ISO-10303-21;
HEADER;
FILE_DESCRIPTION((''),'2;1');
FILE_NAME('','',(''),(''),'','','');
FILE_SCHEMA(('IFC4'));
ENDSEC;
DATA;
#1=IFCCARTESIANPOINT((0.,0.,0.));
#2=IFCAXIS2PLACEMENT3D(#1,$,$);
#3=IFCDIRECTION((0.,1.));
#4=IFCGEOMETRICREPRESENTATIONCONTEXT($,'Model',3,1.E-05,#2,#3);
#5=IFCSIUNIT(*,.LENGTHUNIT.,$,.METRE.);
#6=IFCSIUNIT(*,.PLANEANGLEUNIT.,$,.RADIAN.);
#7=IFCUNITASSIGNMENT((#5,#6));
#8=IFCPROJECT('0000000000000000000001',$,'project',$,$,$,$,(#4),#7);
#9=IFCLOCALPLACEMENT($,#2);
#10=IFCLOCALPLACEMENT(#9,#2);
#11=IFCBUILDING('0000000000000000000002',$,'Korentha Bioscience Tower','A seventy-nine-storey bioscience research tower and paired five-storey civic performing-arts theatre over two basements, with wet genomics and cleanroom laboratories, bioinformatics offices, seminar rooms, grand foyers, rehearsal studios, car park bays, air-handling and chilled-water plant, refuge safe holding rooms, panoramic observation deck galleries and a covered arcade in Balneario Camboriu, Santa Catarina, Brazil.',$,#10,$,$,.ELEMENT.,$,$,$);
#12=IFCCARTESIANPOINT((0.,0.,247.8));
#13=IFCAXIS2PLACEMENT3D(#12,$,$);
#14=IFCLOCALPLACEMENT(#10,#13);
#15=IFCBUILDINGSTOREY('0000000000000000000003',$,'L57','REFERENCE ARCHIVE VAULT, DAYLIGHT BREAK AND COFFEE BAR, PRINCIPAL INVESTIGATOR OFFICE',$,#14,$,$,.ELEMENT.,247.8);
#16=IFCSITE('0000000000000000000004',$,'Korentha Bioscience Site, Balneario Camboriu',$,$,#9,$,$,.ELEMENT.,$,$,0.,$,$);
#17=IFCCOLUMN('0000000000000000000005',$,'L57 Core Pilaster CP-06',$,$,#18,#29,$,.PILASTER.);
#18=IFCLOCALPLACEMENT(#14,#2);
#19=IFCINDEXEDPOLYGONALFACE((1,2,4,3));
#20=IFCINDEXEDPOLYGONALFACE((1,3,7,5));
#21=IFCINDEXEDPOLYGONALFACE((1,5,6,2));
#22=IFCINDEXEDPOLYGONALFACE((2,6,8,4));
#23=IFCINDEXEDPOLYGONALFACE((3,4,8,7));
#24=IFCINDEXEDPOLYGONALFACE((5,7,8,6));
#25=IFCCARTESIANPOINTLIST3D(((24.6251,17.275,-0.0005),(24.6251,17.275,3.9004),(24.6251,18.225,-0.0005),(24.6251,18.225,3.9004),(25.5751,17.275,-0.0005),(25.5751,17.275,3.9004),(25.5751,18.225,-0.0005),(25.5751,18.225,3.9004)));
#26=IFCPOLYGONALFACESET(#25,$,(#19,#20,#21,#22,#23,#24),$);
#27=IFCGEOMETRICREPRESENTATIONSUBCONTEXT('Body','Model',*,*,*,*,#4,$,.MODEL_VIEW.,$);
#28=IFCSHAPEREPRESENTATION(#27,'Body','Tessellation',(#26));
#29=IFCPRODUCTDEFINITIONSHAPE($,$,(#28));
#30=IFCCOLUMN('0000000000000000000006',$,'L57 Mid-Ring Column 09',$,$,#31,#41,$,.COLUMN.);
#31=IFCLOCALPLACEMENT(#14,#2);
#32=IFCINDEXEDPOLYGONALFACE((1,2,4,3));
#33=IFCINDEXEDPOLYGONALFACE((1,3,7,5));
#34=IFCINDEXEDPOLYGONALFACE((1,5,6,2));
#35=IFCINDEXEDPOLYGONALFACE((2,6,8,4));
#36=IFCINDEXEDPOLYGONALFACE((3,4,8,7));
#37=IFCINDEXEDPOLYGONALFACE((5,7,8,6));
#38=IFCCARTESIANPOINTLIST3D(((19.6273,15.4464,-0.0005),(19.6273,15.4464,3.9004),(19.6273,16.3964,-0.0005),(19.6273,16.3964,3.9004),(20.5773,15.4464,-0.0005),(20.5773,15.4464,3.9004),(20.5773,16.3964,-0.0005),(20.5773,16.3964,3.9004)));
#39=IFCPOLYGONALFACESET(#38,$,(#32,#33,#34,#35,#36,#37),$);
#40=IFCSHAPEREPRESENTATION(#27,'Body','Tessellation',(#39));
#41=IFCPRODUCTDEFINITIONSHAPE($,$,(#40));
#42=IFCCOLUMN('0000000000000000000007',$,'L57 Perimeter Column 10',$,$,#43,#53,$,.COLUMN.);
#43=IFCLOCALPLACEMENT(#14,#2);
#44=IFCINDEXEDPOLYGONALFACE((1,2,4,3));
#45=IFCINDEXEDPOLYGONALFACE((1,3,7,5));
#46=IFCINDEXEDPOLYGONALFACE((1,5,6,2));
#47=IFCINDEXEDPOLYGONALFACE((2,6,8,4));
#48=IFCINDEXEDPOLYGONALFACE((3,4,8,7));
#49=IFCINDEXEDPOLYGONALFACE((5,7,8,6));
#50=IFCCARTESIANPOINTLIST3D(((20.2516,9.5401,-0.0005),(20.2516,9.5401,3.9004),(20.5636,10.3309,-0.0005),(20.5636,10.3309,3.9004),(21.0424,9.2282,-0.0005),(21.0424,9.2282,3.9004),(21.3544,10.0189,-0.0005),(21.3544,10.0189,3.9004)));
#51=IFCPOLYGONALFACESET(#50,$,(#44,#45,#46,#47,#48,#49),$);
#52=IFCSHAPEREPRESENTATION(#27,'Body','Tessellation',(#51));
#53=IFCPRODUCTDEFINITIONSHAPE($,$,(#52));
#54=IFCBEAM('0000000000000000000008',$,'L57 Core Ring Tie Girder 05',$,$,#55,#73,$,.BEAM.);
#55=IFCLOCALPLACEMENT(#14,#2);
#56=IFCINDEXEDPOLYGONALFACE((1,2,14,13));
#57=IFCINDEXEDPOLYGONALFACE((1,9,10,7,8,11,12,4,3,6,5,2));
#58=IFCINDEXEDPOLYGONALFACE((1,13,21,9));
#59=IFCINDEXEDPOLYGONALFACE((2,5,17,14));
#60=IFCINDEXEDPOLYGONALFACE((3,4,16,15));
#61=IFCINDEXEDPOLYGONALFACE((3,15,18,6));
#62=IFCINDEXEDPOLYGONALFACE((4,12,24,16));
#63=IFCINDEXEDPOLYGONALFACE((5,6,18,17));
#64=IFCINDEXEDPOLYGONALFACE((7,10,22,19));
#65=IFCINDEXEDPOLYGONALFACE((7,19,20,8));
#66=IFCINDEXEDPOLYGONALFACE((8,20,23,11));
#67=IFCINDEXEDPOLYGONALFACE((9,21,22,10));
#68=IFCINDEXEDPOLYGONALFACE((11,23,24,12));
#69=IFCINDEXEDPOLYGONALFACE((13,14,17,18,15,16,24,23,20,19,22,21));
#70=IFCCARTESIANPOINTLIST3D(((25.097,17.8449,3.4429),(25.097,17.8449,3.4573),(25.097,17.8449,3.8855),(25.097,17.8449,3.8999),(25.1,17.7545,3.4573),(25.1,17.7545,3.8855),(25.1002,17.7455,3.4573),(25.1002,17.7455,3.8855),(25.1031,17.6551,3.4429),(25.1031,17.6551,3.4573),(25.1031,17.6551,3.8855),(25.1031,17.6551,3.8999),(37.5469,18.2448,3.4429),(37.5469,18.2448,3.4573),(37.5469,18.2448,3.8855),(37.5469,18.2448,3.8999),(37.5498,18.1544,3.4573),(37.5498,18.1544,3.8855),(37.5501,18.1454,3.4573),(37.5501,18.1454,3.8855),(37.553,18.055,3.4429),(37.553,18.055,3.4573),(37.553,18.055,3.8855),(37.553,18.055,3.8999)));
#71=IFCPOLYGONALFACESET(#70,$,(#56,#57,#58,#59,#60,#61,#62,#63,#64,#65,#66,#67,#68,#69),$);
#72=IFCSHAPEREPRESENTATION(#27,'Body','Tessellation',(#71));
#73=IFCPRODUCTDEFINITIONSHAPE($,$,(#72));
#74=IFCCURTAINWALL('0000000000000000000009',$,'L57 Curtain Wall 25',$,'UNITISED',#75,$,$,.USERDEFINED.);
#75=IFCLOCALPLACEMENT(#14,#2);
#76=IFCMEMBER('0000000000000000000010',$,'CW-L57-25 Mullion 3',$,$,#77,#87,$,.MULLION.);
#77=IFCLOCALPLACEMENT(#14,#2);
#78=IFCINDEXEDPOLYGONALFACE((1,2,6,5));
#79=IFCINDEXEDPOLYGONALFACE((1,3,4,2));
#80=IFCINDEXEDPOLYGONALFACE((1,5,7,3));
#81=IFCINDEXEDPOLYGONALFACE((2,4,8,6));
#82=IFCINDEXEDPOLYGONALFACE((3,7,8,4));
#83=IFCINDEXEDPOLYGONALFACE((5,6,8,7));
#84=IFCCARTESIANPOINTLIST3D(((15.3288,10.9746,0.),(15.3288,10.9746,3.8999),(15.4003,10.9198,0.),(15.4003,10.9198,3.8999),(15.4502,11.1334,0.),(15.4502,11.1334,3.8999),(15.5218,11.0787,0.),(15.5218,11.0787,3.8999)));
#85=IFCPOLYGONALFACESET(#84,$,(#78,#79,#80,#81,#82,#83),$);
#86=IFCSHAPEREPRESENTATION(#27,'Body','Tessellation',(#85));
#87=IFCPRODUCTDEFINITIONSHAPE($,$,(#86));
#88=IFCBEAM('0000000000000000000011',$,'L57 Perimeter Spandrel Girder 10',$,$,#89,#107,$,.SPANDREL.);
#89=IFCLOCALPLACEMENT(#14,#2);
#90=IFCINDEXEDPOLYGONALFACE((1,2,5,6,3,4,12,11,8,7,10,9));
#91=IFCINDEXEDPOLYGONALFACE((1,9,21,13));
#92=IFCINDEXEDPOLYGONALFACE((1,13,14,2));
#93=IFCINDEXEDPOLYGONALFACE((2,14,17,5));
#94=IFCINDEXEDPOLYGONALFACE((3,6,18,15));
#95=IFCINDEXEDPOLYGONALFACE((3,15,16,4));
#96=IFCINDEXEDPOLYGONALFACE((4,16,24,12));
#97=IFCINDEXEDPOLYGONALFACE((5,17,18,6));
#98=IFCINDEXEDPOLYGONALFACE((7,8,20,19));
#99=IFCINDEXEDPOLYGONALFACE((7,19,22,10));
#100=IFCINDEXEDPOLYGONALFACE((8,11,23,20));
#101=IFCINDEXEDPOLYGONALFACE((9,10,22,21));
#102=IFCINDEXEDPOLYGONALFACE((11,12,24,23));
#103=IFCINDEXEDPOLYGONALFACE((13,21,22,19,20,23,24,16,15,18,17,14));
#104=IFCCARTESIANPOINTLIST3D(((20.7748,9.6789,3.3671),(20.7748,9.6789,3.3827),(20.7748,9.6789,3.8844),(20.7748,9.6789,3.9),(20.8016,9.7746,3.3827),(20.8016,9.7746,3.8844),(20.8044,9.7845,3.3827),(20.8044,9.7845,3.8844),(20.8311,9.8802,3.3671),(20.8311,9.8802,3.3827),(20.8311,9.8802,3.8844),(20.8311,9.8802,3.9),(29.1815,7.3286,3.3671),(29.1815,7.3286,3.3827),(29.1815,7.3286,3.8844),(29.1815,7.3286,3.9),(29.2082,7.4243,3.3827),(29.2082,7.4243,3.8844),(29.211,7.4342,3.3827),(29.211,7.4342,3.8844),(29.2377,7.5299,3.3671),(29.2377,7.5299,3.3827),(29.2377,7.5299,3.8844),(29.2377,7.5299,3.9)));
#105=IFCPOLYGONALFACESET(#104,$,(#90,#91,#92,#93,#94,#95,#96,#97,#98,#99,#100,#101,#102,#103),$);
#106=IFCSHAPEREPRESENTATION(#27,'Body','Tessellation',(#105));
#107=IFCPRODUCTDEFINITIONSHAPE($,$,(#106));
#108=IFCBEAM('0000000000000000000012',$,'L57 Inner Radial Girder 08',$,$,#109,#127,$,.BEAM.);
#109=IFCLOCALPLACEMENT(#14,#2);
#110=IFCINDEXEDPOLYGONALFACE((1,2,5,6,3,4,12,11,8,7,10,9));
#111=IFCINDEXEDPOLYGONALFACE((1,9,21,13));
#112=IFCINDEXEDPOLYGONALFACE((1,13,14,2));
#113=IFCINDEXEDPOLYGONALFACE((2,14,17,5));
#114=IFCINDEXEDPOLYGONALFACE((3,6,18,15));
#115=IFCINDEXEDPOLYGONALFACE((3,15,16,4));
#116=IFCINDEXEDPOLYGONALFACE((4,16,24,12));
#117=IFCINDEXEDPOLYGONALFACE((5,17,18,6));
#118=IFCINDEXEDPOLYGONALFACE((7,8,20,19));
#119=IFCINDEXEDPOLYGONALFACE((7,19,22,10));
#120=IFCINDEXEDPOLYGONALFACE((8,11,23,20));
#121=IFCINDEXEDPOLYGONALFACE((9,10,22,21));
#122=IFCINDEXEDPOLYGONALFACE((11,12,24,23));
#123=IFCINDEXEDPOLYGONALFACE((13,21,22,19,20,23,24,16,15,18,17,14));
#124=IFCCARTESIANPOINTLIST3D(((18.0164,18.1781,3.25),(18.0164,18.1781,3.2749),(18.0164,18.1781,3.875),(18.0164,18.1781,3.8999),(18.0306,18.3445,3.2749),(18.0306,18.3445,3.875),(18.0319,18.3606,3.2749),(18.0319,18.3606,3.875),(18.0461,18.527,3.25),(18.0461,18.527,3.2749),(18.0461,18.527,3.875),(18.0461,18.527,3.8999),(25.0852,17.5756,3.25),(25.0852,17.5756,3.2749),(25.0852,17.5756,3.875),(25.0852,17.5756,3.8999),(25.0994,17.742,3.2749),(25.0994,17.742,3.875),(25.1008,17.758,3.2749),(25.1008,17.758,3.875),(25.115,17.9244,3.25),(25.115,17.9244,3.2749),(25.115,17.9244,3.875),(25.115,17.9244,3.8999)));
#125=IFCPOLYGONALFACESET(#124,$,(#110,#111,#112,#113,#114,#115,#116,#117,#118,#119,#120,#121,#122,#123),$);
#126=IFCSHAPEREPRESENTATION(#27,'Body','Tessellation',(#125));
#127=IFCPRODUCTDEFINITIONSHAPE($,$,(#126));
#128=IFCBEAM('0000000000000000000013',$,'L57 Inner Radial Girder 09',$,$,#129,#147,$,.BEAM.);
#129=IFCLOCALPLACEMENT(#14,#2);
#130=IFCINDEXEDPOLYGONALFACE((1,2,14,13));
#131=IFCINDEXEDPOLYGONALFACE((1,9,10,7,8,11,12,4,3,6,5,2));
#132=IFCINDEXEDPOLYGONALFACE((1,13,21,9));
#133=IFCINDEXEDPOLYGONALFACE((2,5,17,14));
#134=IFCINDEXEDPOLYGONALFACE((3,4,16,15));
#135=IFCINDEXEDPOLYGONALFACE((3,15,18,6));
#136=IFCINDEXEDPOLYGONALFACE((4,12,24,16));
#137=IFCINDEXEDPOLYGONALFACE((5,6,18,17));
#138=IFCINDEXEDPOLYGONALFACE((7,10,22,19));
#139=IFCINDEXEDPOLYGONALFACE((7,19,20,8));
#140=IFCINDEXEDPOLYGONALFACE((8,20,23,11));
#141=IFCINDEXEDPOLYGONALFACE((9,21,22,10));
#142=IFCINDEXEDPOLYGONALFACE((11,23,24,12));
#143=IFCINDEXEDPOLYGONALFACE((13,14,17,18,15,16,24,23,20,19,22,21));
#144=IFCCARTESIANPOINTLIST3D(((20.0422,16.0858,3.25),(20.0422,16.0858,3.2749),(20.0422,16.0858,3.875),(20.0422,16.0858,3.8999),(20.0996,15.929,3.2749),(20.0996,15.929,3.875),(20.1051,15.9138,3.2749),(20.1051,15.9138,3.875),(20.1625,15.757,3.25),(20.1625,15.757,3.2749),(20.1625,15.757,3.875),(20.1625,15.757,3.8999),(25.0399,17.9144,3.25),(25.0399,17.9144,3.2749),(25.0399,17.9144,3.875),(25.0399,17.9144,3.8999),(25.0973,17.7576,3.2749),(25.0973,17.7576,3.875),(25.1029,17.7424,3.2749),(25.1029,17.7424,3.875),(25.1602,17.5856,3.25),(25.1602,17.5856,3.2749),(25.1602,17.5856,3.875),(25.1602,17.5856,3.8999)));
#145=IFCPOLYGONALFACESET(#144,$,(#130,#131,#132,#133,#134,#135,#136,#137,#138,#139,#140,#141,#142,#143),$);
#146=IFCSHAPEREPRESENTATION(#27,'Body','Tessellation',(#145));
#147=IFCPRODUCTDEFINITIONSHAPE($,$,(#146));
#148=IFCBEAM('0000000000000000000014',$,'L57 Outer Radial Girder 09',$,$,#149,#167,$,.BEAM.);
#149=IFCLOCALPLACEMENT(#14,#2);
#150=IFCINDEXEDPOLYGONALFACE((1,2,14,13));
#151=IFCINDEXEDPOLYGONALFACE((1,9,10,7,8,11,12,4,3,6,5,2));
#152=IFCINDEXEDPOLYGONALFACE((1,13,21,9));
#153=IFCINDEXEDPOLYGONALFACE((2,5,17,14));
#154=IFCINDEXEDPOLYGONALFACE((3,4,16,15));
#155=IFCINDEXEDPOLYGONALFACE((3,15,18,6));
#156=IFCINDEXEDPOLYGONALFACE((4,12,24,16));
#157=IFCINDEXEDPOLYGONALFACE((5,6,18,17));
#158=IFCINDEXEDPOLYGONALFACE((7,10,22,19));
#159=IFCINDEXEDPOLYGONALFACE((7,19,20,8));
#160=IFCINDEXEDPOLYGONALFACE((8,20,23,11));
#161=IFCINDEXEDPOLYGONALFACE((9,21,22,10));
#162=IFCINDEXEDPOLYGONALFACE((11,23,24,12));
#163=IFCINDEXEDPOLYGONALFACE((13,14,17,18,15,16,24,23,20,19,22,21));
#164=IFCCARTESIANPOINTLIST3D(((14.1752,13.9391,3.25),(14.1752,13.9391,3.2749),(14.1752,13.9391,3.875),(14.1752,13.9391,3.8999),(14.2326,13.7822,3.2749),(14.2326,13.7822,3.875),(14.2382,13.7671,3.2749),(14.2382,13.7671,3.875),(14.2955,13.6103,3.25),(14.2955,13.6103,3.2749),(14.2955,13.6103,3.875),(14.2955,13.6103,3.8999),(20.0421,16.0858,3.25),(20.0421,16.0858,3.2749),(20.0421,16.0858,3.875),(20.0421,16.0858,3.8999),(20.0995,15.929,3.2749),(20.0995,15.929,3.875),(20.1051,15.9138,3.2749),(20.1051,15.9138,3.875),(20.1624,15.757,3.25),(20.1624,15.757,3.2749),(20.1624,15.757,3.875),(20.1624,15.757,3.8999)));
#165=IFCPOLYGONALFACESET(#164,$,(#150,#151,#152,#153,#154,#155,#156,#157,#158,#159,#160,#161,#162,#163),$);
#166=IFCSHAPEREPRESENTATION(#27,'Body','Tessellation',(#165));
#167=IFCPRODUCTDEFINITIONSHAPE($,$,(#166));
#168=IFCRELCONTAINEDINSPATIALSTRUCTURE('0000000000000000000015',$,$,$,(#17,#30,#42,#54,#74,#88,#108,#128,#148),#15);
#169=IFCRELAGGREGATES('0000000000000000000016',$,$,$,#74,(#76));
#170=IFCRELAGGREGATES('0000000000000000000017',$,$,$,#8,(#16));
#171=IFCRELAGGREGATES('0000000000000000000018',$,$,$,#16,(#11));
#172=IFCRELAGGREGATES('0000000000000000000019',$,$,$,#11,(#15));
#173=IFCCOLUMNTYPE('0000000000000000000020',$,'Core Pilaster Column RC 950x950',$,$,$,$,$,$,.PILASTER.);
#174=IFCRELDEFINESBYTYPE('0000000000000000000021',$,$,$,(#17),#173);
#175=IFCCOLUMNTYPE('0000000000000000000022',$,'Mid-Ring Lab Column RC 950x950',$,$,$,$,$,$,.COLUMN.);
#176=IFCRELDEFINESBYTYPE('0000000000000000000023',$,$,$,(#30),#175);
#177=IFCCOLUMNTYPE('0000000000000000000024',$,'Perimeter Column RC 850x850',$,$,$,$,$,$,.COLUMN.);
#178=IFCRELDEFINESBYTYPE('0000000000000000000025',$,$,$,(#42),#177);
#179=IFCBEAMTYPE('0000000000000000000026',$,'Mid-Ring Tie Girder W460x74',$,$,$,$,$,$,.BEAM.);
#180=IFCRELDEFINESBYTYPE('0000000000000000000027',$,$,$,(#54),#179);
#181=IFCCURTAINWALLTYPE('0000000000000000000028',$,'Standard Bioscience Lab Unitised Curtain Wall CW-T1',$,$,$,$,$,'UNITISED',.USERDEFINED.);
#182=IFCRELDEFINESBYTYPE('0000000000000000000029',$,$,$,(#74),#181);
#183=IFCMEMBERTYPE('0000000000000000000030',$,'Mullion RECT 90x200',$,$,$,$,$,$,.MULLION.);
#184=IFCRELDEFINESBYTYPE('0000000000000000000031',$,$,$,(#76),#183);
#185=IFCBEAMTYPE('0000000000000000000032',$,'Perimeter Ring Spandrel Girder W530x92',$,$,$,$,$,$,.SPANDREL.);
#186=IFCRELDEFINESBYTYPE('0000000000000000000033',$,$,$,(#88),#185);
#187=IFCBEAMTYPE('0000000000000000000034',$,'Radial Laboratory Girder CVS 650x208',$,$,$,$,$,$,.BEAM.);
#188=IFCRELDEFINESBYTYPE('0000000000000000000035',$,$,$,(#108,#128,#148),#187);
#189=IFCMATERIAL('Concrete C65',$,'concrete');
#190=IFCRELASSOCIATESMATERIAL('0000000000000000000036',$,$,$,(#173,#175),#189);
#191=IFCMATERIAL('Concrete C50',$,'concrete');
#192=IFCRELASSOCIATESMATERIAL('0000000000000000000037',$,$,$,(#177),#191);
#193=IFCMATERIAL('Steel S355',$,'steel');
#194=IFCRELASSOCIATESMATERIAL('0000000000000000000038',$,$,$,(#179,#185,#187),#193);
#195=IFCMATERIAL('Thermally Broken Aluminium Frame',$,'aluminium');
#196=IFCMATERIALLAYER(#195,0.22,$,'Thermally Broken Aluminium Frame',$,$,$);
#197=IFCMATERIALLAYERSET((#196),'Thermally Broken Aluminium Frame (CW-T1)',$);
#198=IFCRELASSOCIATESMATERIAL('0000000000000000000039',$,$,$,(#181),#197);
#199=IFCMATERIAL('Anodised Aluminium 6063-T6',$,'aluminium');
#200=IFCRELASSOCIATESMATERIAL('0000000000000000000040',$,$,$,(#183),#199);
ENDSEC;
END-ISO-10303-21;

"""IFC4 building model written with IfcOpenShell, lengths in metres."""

from ifc_helpers import new_model, si_unit, direction, frame, origin, origin_2d, place, context, subcontext, project, spatial, rectangle, i_section, extrude, material, layer, layer_set, material_profile, profile_set, type_object, element, aggregate, save


model = new_model("IFC4")

# Units and contexts
model_context = context("Model", 3, precision=1e-05, world=origin(), true_north=direction((0.0, 1.0)))
body_context = subcontext(model_context, "Body", "Model", "MODEL_VIEW")
ifc_project = project(units=[si_unit("LENGTHUNIT", "METRE"), si_unit("PLANEANGLEUNIT", "RADIAN")], contexts=[model_context])

# Site, building, storey
site_placement = place(None, origin())
site = spatial("IfcSite", under=ifc_project, at=site_placement, Name="Korentha Bioscience Site, Balneario Camboriu", CompositionType="ELEMENT", RefElevation=0.0)
building_placement = place(site_placement, origin())
building = spatial("IfcBuilding", under=site, at=building_placement, Name="Korentha Bioscience Tower", Description="A seventy-nine-storey bioscience research tower and paired five-storey civic performing-arts theatre over two basements, with wet genomics and cleanroom laboratories, bioinformatics offices, seminar rooms, grand foyers, rehearsal studios, car park bays, air-handling and chilled-water plant, refuge safe holding rooms, panoramic observation deck galleries and a covered arcade in Balneario Camboriu, Santa Catarina, Brazil.", CompositionType="ELEMENT")
storey_placement = place(building_placement, frame((0.0, 0.0, 247.8)))
storey = spatial("IfcBuildingStorey", under=building, at=storey_placement, Name="L57", Description="REFERENCE ARCHIVE VAULT, DAYLIGHT BREAK AND COFFEE BAR, PRINCIPAL INVESTIGATOR OFFICE", CompositionType="ELEMENT", Elevation=247.8)

# Columns
ifc_material_1 = material(Name="Concrete C65", Category="concrete")
ifc_material_profile_1 = material_profile(ifc_material_1, rectangle(XDim=0.95, YDim=0.95, at=origin_2d()), Name="Concrete C65")
ifc_profile_set_1 = profile_set([ifc_material_profile_1], Name="Concrete C65 (COL-CP09)")
column_type_1 = type_object("IfcColumnType", Name="Core Pilaster Column RC 950x950", PredefinedType="PILASTER", material=ifc_profile_set_1)
column_1_placement = place(storey_placement, frame((25.1001, 17.75, -0.0005), z_axis=(0.0, 0.0, 1.0), x_axis=(1.0, 0.0, 0.0)))
element("IfcColumn", 1, at=column_1_placement, inside=storey, type_object=column_type_1, Name="L57 Core Pilaster CP-06", PredefinedType="PILASTER", context=body_context, shape_type="SweptSolid", body=[
    extrude(rectangle(XDim=0.95, YDim=0.95, at=origin_2d()), origin(), (0.0, 0.0, 1.0), 3.9009),
])
ifc_material_profile_2 = material_profile(ifc_material_1, rectangle(XDim=0.95, YDim=0.95, at=origin_2d()), Name="Concrete C65")
ifc_profile_set_2 = profile_set([ifc_material_profile_2], Name="Concrete C65 (COL-MR09)")
column_type_2 = type_object("IfcColumnType", Name="Mid-Ring Lab Column RC 950x950", PredefinedType="COLUMN", material=ifc_profile_set_2)
column_2_placement = place(storey_placement, frame((20.1023, 15.9214, -0.0005), z_axis=(0.0, 0.0, 1.0), x_axis=(1.0, 0.0, 0.0)))
element("IfcColumn", 2, at=column_2_placement, inside=storey, type_object=column_type_2, Name="L57 Mid-Ring Column 09", PredefinedType="COLUMN", context=body_context, shape_type="SweptSolid", body=[
    extrude(rectangle(XDim=0.95, YDim=0.95, at=origin_2d()), origin(), (0.0, 0.0, 1.0), 3.9009),
])
ifc_material_2 = material(Name="Concrete C50", Category="concrete")
ifc_material_profile_3 = material_profile(ifc_material_2, rectangle(XDim=0.8501, YDim=0.8501, at=origin_2d()), Name="Concrete C50")
ifc_profile_set_3 = profile_set([ifc_material_profile_3], Name="Concrete C50 (COL-P08)")
column_type_3 = type_object("IfcColumnType", Name="Perimeter Column RC 850x850", PredefinedType="COLUMN", material=ifc_profile_set_3)
column_3_placement = place(storey_placement, frame((20.803, 9.7795, -0.0005), z_axis=(0.0, 0.0, 1.0), x_axis=(-0.930226, 0.366988, 0.0)))
element("IfcColumn", 3, at=column_3_placement, inside=storey, type_object=column_type_3, Name="L57 Perimeter Column 10", PredefinedType="COLUMN", context=body_context, shape_type="SweptSolid", body=[
    extrude(rectangle(XDim=0.8501, YDim=0.8501, at=origin_2d()), origin(), (0.0, 0.0, 1.0), 3.9009),
])

# Beam
ifc_material_3 = material(Name="Steel S355", Category="steel")
ifc_material_profile_4 = material_profile(ifc_material_3, i_section(OverallWidth=0.1899, OverallDepth=0.457, WebThickness=0.009, FlangeThickness=0.0144, at=origin_2d()), Name="Steel S355")
ifc_profile_set_4 = profile_set([ifc_material_profile_4], Name="Steel S355 (MB-460)")
beam_type_1 = type_object("IfcBeamType", Name="Mid-Ring Tie Girder W460x74", PredefinedType="BEAM", material=ifc_profile_set_4)
beam_1_placement = place(storey_placement, frame((25.1001, 17.75, 3.6714), z_axis=(0.999485, 0.032104, 0.0), x_axis=(-0.032104, 0.999485, 0.0)))
element("IfcBeam", 4, at=beam_1_placement, inside=storey, type_object=beam_type_1, Name="L57 Core Ring Tie Girder 05", PredefinedType="BEAM", context=body_context, shape_type="SweptSolid", body=[
    extrude(i_section(OverallWidth=0.1899, OverallDepth=0.457, WebThickness=0.009, FlangeThickness=0.0144, at=origin_2d()), origin(), (0.0, 0.0, 1.0), 12.4563),
])

# Curtain wall, member
ifc_material_4 = material(Name="Thermally Broken Aluminium Frame", Category="aluminium")
ifc_layer_1 = layer(ifc_material_4, 0.22, Name="Thermally Broken Aluminium Frame")
ifc_layer_set_1 = layer_set([ifc_layer_1], Name="Thermally Broken Aluminium Frame (CW-T1)")
curtain_wall_type = type_object("IfcCurtainWallType", Name="Standard Bioscience Lab Unitised Curtain Wall CW-T1", ElementType="UNITISED", PredefinedType="USERDEFINED", material=ifc_layer_set_1)
curtain_wall_placement = place(storey_placement, origin())
curtain_wall = element("IfcCurtainWall", 5, at=curtain_wall_placement, inside=storey, type_object=curtain_wall_type, Name="L57 Curtain Wall 25", ObjectType="UNITISED", PredefinedType="USERDEFINED")
ifc_material_5 = material(Name="Anodised Aluminium 6063-T6", Category="aluminium")
ifc_material_profile_5 = material_profile(ifc_material_5, rectangle(XDim=0.0901, YDim=0.2, at=origin_2d()), Name="Anodised Aluminium 6063-T6")
ifc_profile_set_5 = profile_set([ifc_material_profile_5], Name="Anodised Aluminium 6063-T6 (CW-MUL)")
member_type = type_object("IfcMemberType", Name="Mullion RECT 90x200", PredefinedType="MULLION", material=ifc_profile_set_5)
member_placement = place(storey_placement, frame((15.4253, 11.0266, 0.0), z_axis=(0.0, 0.0, 1.0), x_axis=(0.794382, -0.607418, 0.0)))
member = element("IfcMember", 6, at=member_placement, type_object=member_type, Name="CW-L57-25 Mullion 3", PredefinedType="MULLION", context=body_context, shape_type="SweptSolid", body=[
    extrude(rectangle(XDim=0.0901, YDim=0.2, at=origin_2d()), origin(), (0.0, 0.0, 1.0), 3.8999),
])

# Beams
ifc_material_profile_6 = material_profile(ifc_material_3, i_section(OverallWidth=0.209, OverallDepth=0.533, WebThickness=0.0103, FlangeThickness=0.0156, at=origin_2d()), Name="Steel S355")
ifc_profile_set_6 = profile_set([ifc_material_profile_6], Name="Steel S355 (SB-530)")
beam_type_2 = type_object("IfcBeamType", Name="Perimeter Ring Spandrel Girder W530x92", PredefinedType="SPANDREL", material=ifc_profile_set_6)
beam_2_placement = place(storey_placement, frame((20.803, 9.7795, 3.6335), z_axis=(0.963069, -0.269253, 0.0), x_axis=(0.269253, 0.963069, 0.0)))
element("IfcBeam", 7, at=beam_2_placement, inside=storey, type_object=beam_type_2, Name="L57 Perimeter Spandrel Girder 10", PredefinedType="SPANDREL", context=body_context, shape_type="SweptSolid", body=[
    extrude(i_section(OverallWidth=0.209, OverallDepth=0.533, WebThickness=0.0103, FlangeThickness=0.0156, at=origin_2d()), origin(), (0.0, 0.0, 1.0), 8.729),
])
ifc_material_profile_7 = material_profile(ifc_material_3, i_section(OverallWidth=0.3501, OverallDepth=0.6499, WebThickness=0.0161, FlangeThickness=0.0249, at=origin_2d()), Name="Steel S355")
ifc_profile_set_7 = profile_set([ifc_material_profile_7], Name="Steel S355 (RB-650)")
beam_type_3 = type_object("IfcBeamType", Name="Radial Laboratory Girder CVS 650x208", PredefinedType="BEAM", material=ifc_profile_set_7)
beam_3_placement = place(storey_placement, frame((25.1001, 17.75, 3.575), z_axis=(-0.996387, 0.084931, 0.0), x_axis=(-0.084931, -0.996387, 0.0)))
element("IfcBeam", 8, at=beam_3_placement, inside=storey, type_object=beam_type_3, Name="L57 Inner Radial Girder 08", PredefinedType="BEAM", context=body_context, shape_type="SweptSolid", body=[
    extrude(i_section(OverallWidth=0.3501, OverallDepth=0.6499, WebThickness=0.0161, FlangeThickness=0.0249, at=origin_2d()), origin(), (0.0, 0.0, 1.0), 7.0945),
])
beam_4_placement = place(storey_placement, frame((25.1001, 17.75, 3.575), z_axis=(-0.939114, -0.343606, 0.0), x_axis=(0.343606, -0.939114, 0.0)))
element("IfcBeam", 9, at=beam_4_placement, inside=storey, type_object=beam_type_3, Name="L57 Inner Radial Girder 09", PredefinedType="BEAM", context=body_context, shape_type="SweptSolid", body=[
    extrude(i_section(OverallWidth=0.3501, OverallDepth=0.6499, WebThickness=0.0161, FlangeThickness=0.0249, at=origin_2d()), origin(), (0.0, 0.0, 1.0), 5.3218),
])
beam_5_placement = place(storey_placement, frame((20.1023, 15.9214, 3.575), z_axis=(-0.939108, -0.343622, 0.0), x_axis=(0.343622, -0.939108, 0.0)))
element("IfcBeam", 10, at=beam_5_placement, inside=storey, type_object=beam_type_3, Name="L57 Outer Radial Girder 09", PredefinedType="BEAM", context=body_context, shape_type="SweptSolid", body=[
    extrude(i_section(OverallWidth=0.3501, OverallDepth=0.6499, WebThickness=0.0161, FlangeThickness=0.0249, at=origin_2d()), origin(), (0.0, 0.0, 1.0), 6.2473),
])

aggregate(curtain_wall, [member])

save(model, "model.ifc")
